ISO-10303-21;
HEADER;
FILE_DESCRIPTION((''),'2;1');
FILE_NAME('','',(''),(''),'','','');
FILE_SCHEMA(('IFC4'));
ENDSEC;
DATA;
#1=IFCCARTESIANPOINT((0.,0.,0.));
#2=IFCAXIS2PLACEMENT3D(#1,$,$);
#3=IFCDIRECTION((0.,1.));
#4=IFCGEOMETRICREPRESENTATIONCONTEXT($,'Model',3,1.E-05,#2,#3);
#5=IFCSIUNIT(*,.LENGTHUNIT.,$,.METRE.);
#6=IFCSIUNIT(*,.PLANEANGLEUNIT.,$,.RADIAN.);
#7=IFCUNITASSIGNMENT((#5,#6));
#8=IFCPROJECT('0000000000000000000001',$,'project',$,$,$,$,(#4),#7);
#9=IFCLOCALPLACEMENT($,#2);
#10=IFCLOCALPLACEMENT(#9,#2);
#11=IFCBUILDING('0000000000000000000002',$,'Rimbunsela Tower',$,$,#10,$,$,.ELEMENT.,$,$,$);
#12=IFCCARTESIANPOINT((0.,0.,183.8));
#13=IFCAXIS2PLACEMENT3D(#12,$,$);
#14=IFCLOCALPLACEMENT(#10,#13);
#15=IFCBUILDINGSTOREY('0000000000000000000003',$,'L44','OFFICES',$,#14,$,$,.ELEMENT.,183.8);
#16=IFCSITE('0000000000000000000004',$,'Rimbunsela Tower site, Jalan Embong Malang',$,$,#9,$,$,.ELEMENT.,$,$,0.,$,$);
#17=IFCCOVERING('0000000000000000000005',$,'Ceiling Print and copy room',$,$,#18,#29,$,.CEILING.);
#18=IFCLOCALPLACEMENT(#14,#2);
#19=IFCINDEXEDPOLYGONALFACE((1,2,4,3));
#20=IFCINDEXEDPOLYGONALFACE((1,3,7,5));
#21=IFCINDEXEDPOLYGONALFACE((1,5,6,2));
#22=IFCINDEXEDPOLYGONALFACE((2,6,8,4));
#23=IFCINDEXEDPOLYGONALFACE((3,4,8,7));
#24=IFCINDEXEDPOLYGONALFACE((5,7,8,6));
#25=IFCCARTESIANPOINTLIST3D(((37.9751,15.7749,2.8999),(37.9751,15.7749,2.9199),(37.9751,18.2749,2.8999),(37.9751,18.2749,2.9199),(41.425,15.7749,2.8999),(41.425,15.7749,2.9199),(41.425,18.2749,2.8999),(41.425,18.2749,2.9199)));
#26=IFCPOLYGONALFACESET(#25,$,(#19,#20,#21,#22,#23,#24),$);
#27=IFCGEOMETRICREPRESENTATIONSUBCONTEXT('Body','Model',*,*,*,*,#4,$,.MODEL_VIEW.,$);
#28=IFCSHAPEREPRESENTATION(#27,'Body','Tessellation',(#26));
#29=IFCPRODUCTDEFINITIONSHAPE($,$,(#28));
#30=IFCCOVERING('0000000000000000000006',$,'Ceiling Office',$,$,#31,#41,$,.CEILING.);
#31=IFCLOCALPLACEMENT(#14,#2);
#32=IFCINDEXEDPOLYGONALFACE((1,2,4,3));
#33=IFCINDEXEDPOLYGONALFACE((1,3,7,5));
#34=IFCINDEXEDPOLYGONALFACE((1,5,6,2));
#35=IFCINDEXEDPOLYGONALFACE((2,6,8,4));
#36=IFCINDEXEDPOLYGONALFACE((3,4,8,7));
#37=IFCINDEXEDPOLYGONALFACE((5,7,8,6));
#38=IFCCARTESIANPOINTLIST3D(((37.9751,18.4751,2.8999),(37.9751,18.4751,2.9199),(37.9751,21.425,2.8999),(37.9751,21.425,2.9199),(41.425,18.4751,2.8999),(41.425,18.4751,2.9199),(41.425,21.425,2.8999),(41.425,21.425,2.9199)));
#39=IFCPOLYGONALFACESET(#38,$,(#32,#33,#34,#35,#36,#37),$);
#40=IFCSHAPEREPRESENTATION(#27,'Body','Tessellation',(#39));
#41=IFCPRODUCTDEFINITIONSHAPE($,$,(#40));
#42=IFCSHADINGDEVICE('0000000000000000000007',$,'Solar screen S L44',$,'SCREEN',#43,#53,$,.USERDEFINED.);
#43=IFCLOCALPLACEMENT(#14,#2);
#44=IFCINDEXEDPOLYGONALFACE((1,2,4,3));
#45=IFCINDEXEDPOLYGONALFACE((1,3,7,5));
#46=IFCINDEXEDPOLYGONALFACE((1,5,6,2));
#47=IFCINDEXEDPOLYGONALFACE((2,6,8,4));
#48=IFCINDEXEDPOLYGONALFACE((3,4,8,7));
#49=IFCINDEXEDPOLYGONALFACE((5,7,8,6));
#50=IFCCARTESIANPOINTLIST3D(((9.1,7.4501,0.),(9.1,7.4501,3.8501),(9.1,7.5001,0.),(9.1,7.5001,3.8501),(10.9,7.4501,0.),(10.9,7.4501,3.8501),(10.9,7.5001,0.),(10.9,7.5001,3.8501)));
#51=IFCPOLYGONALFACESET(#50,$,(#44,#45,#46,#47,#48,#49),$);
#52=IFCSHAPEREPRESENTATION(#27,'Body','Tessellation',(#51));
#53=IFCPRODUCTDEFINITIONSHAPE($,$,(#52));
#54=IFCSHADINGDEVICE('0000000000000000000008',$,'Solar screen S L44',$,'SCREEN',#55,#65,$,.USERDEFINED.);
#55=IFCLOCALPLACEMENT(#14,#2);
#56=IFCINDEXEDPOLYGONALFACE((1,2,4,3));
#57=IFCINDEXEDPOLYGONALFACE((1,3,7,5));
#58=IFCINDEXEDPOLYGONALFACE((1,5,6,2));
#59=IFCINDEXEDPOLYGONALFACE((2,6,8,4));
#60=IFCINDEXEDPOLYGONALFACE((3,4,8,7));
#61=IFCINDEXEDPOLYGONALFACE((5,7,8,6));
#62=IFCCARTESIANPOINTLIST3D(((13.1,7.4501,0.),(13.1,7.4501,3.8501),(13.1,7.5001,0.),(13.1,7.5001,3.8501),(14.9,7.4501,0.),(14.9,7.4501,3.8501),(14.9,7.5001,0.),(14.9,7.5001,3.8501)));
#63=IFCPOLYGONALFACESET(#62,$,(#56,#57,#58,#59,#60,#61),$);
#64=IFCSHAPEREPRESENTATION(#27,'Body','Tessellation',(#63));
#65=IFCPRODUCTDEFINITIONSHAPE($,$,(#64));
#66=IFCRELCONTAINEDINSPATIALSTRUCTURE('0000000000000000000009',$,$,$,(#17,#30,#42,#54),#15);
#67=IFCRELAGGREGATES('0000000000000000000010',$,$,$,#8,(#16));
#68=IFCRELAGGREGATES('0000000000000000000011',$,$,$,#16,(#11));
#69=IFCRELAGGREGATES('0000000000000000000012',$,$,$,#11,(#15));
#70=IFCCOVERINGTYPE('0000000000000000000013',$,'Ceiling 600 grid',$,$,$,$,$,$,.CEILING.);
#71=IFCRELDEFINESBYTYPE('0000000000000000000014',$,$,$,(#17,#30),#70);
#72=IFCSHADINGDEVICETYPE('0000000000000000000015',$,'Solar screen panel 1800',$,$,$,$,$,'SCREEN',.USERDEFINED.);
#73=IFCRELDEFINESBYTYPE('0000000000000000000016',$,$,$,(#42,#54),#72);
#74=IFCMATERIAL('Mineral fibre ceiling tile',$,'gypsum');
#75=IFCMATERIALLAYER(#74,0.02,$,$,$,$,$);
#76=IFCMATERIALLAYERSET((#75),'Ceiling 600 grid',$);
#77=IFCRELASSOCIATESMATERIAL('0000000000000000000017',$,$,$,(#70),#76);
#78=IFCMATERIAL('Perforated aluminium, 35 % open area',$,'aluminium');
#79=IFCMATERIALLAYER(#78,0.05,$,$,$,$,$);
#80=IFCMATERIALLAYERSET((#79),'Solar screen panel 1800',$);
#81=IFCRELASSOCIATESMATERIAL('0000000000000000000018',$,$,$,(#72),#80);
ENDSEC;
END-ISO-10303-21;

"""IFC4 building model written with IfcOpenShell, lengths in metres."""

from ifc_helpers import new_model, si_unit, direction, frame, origin, origin_2d, place, context, subcontext, project, spatial, polyline, rectangle, outline, extrude, material, layer, layer_set, type_object, element, save


model = new_model("IFC4")

# Units and contexts
model_context = context("Model", 3, precision=1e-05, world=origin(), true_north=direction((0.0, 1.0)))
body_context = subcontext(model_context, "Body", "Model", "MODEL_VIEW")
ifc_project = project(units=[si_unit("LENGTHUNIT", "METRE"), si_unit("PLANEANGLEUNIT", "RADIAN")], contexts=[model_context])

# Site, building, storey
site_placement = place(None, origin())
site = spatial("IfcSite", under=ifc_project, at=site_placement, Name="Rimbunsela Tower site, Jalan Embong Malang", CompositionType="ELEMENT", RefElevation=0.0)
building_placement = place(site_placement, origin())
building = spatial("IfcBuilding", under=site, at=building_placement, Name="Rimbunsela Tower", CompositionType="ELEMENT")
storey_placement = place(building_placement, frame((0.0, 0.0, 183.8)))
storey = spatial("IfcBuildingStorey", under=building, at=storey_placement, Name="L44", Description="OFFICES", CompositionType="ELEMENT", Elevation=183.8)

# Coverings
ifc_material_1 = material(Name="Mineral fibre ceiling tile", Category="gypsum")
ifc_layer_1 = layer(ifc_material_1, 0.02)
ifc_layer_set_1 = layer_set([ifc_layer_1], Name="Ceiling 600 grid")
covering_type_1 = type_object("IfcCoveringType", Name="Ceiling 600 grid", PredefinedType="CEILING", material=ifc_layer_set_1)
covering_1_placement = place(storey_placement, frame((0.0, 0.0, 2.8999)))
element("IfcCovering", 1, at=covering_1_placement, inside=storey, type_object=covering_type_1, Name="Ceiling Print and copy room", PredefinedType="CEILING", context=body_context, shape_type="SweptSolid", body=[
    extrude(outline(polyline([(41.425, 15.7749), (41.425, 18.2749), (37.9751, 18.2749), (37.9751, 15.7749), (41.425, 15.7749)])), origin(), (0.0, 0.0, 1.0), 0.02),
])
covering_2_placement = place(storey_placement, frame((0.0, 0.0, 2.8999)))
element("IfcCovering", 2, at=covering_2_placement, inside=storey, type_object=covering_type_1, Name="Ceiling Office", PredefinedType="CEILING", context=body_context, shape_type="SweptSolid", body=[
    extrude(outline(polyline([(41.425, 18.4751), (41.425, 21.425), (37.9751, 21.425), (37.9751, 18.4751), (41.425, 18.4751)])), origin(), (0.0, 0.0, 1.0), 0.02),
])

# Shading devices
ifc_material_2 = material(Name="Perforated aluminium, 35 % open area", Category="aluminium")
ifc_layer_2 = layer(ifc_material_2, 0.05)
ifc_layer_set_2 = layer_set([ifc_layer_2], Name="Solar screen panel 1800")
shading_device_type = type_object("IfcShadingDeviceType", Name="Solar screen panel 1800", ElementType="SCREEN", PredefinedType="USERDEFINED", material=ifc_layer_set_2)
for number, where, z_axis, x_axis, name in (
    (3, (10.0, 7.4751, 0.0), (0.0, 0.0, 1.0), (1.0, 0.0, 0.0), "Solar screen S L44"),
    (4, (14.0, 7.4751, 0.0), (0.0, 0.0, 1.0), (1.0, 0.0, 0.0), "Solar screen S L44"),
):
    element("IfcShadingDevice", number, at=place(storey_placement, frame(where, z_axis=z_axis, x_axis=x_axis)), inside=storey, type_object=shading_device_type, Name=name, ObjectType="SCREEN", PredefinedType="USERDEFINED", context=body_context, shape_type="SweptSolid", body=[
        extrude(rectangle(XDim=1.8, YDim=0.05, at=origin_2d()), origin(), (0.0, 0.0, 1.0), 3.8501),
    ])

save(model, "model.ifc")
